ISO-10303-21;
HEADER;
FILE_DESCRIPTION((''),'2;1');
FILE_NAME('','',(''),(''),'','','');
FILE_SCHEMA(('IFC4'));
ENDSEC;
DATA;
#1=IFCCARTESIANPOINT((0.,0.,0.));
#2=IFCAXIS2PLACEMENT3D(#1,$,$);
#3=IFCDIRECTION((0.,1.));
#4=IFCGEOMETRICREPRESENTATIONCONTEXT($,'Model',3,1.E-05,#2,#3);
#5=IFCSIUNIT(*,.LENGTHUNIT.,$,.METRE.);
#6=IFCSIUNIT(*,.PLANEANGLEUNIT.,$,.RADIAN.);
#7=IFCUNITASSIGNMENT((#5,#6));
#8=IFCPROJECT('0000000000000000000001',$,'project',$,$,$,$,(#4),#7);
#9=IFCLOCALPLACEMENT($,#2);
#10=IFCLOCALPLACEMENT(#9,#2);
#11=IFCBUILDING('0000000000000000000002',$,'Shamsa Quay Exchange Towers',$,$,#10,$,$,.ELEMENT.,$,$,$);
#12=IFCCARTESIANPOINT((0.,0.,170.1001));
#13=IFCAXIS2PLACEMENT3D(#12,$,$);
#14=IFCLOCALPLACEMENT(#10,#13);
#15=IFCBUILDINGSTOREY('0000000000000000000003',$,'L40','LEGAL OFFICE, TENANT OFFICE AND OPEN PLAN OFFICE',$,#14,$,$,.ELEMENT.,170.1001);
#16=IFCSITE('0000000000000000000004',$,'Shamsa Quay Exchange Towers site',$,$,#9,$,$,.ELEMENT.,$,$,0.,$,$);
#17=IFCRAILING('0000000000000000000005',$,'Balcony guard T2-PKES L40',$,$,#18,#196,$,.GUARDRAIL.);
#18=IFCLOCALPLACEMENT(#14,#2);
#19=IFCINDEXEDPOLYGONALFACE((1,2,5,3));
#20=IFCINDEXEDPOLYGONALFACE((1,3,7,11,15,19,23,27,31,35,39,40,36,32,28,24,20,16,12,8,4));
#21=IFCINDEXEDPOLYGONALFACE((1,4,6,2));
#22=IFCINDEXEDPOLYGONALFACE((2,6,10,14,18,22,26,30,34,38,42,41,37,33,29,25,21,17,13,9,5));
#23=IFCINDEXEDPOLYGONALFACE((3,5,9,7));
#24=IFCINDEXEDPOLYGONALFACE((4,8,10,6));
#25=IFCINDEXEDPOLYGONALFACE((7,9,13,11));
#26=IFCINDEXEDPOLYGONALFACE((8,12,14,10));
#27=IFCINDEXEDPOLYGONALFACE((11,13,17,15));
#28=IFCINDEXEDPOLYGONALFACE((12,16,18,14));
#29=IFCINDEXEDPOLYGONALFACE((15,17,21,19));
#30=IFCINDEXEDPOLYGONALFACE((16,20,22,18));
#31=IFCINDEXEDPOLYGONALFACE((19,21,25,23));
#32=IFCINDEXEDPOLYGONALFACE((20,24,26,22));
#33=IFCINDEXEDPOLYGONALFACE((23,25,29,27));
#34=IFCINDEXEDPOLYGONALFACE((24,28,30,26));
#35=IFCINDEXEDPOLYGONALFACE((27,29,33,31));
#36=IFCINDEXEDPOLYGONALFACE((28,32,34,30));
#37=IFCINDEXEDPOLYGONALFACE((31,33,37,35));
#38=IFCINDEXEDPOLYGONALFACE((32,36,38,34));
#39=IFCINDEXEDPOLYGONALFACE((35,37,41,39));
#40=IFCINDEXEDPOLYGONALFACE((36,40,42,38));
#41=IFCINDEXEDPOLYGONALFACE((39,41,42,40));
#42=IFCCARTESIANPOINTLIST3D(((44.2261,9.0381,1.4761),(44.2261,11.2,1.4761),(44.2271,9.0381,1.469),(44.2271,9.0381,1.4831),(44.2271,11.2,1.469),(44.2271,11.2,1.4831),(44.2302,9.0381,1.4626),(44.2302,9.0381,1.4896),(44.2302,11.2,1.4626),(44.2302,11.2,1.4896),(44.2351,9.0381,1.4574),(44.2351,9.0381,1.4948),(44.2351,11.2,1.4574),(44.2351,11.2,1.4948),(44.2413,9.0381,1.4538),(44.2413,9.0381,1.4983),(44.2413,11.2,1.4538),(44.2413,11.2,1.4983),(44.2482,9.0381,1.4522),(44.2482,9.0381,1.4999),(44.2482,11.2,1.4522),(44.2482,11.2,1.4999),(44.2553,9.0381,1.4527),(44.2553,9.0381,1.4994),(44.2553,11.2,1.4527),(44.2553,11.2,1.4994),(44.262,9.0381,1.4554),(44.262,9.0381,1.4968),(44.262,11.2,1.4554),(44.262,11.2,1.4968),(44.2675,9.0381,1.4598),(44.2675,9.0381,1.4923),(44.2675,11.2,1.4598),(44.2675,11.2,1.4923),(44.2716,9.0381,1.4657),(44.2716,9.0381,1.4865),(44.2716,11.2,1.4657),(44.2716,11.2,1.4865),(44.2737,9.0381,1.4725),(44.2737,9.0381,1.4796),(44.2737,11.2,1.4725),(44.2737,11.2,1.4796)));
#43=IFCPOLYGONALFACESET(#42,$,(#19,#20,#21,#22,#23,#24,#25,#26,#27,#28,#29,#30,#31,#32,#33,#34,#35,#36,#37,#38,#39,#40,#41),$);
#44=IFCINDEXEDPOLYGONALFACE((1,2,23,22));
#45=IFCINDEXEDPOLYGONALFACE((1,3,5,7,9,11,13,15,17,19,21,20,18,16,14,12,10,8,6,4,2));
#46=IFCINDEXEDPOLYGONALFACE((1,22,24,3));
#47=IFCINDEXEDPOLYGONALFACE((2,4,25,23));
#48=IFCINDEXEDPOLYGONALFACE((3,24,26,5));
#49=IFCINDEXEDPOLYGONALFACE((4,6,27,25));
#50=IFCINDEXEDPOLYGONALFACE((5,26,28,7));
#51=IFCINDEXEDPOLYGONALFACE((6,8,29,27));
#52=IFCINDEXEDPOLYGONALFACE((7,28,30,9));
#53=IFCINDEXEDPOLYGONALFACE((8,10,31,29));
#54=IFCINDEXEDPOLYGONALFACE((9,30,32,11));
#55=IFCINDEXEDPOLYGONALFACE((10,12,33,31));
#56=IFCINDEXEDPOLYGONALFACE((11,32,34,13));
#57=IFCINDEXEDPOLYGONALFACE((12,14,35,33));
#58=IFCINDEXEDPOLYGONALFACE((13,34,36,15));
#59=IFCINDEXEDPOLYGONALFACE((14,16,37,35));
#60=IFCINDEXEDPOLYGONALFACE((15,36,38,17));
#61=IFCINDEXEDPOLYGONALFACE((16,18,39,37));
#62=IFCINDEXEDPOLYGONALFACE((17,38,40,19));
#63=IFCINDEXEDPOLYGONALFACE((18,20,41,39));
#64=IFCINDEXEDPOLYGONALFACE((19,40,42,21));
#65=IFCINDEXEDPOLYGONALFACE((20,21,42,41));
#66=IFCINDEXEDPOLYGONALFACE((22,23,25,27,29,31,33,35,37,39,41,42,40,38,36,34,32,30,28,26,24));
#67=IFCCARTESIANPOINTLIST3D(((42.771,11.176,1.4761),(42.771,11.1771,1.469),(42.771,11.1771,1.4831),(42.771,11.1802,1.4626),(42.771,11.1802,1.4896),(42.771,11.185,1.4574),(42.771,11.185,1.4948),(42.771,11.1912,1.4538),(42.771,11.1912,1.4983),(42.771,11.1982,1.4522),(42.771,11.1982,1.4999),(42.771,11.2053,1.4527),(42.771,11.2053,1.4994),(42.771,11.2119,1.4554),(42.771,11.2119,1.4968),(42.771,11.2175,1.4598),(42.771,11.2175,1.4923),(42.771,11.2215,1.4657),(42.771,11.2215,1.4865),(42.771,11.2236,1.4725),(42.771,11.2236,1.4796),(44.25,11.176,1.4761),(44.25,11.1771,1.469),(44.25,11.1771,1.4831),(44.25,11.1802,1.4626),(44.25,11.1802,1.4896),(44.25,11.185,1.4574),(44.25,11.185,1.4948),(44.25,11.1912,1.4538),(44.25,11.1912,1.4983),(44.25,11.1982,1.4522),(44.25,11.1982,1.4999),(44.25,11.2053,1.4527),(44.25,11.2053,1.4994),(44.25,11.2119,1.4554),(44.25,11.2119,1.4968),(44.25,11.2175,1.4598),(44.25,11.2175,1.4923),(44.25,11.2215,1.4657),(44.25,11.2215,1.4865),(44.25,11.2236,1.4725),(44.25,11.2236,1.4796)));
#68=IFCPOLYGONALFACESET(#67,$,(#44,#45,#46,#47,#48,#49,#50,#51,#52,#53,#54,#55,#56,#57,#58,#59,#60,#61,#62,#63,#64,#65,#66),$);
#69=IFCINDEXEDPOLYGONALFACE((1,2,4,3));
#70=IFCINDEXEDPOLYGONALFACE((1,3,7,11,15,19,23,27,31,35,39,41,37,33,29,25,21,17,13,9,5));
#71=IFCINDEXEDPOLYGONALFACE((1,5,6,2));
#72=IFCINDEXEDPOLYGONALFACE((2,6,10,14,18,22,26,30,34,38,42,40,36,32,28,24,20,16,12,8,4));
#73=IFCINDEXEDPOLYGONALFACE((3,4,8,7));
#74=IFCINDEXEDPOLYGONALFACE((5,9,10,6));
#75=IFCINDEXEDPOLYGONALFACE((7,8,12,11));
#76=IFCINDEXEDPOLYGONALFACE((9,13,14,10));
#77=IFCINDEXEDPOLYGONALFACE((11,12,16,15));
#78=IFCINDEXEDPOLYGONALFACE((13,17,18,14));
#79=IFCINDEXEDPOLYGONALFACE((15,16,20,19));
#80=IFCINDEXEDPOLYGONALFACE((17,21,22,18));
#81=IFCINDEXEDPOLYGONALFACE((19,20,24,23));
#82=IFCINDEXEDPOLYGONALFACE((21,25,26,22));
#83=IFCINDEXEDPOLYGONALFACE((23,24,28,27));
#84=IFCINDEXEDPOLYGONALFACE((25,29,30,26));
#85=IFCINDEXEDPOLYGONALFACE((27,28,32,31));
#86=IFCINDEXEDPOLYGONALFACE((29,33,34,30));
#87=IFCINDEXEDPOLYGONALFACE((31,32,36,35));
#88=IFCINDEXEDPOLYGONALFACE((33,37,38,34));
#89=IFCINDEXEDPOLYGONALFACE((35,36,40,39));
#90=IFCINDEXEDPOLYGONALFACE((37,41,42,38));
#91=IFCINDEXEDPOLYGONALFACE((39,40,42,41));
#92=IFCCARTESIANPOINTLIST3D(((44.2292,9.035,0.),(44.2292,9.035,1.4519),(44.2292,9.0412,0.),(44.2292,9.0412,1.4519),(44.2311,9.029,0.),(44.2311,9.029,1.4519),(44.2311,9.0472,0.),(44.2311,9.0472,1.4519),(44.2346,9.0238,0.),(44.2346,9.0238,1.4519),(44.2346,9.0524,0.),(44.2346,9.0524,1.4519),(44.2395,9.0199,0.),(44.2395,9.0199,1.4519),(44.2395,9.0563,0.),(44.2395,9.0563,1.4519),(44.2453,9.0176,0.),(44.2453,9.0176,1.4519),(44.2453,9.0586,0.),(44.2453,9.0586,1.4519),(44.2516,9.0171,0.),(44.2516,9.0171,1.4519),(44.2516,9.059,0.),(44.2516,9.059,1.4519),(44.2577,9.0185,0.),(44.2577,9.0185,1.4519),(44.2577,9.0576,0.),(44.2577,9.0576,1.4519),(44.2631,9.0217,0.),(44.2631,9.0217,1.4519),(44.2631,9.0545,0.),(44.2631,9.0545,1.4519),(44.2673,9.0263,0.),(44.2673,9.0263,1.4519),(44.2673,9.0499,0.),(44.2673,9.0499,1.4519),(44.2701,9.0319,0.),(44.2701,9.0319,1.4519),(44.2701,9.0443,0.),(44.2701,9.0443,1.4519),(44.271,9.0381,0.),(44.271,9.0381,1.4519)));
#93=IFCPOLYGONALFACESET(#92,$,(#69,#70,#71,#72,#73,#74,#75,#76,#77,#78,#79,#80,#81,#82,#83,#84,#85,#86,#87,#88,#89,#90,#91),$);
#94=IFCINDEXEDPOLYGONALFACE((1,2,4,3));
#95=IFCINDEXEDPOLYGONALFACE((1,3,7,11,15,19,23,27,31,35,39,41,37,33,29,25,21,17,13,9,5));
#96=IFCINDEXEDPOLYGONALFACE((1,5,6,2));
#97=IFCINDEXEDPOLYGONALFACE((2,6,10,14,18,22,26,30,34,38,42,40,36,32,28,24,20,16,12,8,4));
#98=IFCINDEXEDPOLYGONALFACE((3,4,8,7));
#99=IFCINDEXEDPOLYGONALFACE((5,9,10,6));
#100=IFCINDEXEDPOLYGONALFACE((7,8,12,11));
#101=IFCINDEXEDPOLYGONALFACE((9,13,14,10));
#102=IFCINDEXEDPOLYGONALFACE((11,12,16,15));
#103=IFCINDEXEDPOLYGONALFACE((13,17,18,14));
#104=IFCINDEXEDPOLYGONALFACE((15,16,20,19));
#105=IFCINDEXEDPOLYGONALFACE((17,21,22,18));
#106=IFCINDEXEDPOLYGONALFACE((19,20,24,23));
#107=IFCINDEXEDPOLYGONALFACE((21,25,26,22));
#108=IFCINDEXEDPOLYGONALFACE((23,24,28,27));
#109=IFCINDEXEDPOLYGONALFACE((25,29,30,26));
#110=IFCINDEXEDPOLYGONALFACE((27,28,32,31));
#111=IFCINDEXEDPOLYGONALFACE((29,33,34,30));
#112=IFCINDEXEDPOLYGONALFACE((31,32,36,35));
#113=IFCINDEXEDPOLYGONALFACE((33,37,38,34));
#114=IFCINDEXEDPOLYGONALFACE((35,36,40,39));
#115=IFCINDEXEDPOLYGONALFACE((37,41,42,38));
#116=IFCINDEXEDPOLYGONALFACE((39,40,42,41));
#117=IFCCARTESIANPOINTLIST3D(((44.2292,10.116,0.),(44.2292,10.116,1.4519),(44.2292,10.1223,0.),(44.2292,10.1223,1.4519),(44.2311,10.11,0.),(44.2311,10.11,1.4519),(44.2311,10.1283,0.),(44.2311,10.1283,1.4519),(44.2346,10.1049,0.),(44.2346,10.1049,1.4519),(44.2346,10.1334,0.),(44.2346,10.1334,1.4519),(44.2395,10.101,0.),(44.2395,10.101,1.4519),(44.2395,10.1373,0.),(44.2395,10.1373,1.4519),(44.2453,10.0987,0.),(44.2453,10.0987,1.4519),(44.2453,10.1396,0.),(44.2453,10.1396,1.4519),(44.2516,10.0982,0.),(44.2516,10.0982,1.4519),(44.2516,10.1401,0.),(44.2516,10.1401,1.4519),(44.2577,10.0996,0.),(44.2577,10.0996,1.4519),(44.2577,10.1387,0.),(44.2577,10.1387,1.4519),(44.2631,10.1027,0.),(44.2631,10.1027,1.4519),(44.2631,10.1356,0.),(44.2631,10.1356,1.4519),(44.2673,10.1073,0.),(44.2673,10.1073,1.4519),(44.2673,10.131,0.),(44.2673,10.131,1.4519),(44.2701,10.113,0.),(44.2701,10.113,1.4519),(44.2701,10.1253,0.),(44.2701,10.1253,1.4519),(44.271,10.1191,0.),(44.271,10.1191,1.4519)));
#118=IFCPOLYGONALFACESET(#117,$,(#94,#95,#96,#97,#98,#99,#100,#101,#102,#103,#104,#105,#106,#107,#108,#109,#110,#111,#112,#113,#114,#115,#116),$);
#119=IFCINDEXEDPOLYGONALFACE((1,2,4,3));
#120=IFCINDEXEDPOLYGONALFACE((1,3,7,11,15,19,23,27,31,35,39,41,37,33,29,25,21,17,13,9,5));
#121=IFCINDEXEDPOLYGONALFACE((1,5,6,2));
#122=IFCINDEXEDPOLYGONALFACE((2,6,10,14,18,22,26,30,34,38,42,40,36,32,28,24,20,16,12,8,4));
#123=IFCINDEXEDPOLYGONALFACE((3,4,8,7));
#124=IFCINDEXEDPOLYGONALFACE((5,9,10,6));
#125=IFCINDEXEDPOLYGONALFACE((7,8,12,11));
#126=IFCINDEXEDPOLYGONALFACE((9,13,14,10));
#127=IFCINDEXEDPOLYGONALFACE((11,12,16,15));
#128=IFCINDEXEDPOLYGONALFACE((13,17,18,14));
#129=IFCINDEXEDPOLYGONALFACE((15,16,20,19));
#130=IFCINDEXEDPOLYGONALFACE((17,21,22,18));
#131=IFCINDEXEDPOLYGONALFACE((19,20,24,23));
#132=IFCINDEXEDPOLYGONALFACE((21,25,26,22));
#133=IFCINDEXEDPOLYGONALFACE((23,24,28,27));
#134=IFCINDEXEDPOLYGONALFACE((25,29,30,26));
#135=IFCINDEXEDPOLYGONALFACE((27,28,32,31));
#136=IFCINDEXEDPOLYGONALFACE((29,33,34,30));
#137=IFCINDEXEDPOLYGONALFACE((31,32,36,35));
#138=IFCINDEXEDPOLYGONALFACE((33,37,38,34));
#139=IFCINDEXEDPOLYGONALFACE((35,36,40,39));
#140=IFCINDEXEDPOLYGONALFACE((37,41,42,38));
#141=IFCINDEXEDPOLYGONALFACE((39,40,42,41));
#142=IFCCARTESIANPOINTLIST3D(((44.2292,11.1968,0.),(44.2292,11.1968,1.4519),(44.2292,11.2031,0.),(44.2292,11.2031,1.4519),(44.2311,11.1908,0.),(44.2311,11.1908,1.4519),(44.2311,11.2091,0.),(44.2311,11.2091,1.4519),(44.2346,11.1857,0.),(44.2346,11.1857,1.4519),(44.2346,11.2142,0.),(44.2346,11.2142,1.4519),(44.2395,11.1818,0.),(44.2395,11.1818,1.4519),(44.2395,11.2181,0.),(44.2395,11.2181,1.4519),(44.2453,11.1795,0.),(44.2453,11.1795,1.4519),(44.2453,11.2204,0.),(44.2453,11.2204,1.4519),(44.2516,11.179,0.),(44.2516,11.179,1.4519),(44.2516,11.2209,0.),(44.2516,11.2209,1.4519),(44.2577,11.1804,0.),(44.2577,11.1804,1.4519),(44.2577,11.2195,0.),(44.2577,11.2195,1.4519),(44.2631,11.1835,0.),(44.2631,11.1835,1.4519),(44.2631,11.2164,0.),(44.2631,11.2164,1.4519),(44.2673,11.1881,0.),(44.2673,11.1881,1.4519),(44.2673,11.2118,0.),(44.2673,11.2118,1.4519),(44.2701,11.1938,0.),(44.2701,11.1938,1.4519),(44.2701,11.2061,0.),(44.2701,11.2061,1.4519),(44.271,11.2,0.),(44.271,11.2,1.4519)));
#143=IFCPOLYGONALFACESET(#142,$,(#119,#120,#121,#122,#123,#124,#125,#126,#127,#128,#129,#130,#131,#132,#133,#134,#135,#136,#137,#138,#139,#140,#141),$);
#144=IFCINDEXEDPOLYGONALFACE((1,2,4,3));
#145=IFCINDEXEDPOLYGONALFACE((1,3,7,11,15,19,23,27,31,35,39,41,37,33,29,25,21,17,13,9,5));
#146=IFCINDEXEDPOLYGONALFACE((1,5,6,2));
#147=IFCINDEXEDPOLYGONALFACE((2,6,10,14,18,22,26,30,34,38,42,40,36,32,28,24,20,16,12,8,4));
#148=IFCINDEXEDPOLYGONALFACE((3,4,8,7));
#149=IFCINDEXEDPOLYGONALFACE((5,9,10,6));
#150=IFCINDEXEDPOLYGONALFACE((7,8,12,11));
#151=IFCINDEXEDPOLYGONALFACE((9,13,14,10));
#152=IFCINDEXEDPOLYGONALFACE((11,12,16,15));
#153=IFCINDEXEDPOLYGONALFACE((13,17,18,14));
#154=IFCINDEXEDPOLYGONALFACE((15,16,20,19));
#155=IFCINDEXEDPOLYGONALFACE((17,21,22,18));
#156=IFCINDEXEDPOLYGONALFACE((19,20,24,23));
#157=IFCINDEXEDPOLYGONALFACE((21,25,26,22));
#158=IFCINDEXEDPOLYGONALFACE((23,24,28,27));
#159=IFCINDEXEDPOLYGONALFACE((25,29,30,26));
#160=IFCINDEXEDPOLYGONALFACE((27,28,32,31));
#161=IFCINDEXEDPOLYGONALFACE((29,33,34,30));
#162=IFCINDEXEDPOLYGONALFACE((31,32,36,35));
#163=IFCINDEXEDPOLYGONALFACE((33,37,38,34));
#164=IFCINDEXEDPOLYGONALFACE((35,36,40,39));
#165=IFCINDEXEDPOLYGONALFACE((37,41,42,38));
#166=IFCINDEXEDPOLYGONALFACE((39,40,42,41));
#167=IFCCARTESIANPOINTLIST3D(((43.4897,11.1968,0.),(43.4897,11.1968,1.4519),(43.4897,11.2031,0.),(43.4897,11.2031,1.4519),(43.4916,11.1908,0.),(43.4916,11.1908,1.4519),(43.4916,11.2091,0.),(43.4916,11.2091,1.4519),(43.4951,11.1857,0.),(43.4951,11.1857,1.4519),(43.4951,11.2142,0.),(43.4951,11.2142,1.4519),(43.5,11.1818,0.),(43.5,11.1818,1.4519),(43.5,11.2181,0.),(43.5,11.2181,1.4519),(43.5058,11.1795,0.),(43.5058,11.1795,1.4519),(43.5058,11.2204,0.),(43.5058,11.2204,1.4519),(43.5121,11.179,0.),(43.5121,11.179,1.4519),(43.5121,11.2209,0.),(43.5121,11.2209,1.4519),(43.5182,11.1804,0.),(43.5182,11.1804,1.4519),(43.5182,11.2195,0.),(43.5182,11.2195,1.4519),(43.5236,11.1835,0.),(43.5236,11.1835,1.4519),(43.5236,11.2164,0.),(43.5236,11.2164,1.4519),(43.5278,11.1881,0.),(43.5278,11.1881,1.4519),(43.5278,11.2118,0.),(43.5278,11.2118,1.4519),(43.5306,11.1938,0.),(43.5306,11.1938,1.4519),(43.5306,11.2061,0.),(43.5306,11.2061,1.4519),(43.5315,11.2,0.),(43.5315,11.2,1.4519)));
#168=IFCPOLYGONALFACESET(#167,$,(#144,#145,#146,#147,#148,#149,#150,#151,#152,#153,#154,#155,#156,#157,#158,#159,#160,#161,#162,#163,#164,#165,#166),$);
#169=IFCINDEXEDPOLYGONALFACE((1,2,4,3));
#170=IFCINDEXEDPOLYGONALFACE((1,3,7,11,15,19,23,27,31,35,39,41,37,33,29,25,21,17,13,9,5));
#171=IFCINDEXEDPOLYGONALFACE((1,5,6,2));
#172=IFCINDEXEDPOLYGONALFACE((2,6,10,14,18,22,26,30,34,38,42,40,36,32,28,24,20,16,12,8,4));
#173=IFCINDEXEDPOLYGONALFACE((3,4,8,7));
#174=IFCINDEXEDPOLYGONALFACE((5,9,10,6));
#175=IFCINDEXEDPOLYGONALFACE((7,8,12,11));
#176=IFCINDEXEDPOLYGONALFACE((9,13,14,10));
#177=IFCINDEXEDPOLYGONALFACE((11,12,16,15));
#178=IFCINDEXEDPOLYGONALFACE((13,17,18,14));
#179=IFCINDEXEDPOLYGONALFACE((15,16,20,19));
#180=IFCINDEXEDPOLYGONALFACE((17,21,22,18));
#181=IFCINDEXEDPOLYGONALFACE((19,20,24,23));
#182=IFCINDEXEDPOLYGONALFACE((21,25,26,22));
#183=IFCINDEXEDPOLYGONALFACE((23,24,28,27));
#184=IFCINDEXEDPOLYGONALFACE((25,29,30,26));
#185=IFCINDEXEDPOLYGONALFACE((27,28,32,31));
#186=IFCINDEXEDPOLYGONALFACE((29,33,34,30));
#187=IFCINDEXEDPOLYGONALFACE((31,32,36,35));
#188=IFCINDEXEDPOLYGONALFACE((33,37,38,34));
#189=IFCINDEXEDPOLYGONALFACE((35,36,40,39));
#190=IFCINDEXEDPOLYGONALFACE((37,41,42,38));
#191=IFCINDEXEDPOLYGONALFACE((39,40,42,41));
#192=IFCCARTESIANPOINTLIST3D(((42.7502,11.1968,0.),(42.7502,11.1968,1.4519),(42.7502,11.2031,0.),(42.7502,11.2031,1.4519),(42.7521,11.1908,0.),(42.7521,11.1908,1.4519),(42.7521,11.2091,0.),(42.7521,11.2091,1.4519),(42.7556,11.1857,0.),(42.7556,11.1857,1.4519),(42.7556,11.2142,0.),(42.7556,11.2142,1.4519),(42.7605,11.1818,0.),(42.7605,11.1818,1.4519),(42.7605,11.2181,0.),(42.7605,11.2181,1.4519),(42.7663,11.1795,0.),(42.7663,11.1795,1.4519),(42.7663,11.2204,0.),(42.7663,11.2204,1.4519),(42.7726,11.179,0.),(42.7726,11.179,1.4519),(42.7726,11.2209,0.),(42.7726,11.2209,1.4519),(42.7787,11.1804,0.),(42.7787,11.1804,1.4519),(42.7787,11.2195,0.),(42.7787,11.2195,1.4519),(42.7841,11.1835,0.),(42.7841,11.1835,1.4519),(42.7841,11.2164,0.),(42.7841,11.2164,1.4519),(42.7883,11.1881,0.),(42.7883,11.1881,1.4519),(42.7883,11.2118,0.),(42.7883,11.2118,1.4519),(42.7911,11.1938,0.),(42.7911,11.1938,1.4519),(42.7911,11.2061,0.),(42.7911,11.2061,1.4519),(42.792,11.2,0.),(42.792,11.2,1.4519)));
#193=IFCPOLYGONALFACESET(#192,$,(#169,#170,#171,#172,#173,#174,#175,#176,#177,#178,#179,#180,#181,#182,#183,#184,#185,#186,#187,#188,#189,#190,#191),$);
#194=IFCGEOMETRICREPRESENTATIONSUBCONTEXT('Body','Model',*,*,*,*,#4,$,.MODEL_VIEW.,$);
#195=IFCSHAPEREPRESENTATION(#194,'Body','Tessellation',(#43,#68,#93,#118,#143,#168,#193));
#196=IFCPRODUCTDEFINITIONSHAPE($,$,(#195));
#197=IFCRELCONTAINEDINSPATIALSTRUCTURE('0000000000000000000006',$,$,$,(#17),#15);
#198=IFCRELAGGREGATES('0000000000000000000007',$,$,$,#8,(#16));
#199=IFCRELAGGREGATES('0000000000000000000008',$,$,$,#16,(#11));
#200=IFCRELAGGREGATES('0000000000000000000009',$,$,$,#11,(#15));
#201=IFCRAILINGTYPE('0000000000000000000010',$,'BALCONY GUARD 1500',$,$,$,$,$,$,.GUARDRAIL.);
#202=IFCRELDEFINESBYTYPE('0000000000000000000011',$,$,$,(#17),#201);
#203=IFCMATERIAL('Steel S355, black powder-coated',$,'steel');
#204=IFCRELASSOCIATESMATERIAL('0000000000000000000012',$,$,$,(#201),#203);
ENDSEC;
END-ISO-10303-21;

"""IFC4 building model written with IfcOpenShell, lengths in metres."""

from ifc_helpers import new_model, si_unit, direction, frame, origin, origin_2d, place, context, subcontext, project, spatial, circle, extrude, material, type_object, element, save


model = new_model("IFC4")

# Units and contexts
model_context = context("Model", 3, precision=1e-05, world=origin(), true_north=direction((0.0, 1.0)))
body_context = subcontext(model_context, "Body", "Model", "MODEL_VIEW")
ifc_project = project(units=[si_unit("LENGTHUNIT", "METRE"), si_unit("PLANEANGLEUNIT", "RADIAN")], contexts=[model_context])

# Site, building, storey
site_placement = place(None, origin())
site = spatial("IfcSite", under=ifc_project, at=site_placement, Name="Shamsa Quay Exchange Towers site", CompositionType="ELEMENT", RefElevation=0.0)
building_placement = place(site_placement, origin())
building = spatial("IfcBuilding", under=site, at=building_placement, Name="Shamsa Quay Exchange Towers", CompositionType="ELEMENT")
storey_placement = place(building_placement, frame((0.0, 0.0, 170.1001)))
storey = spatial("IfcBuildingStorey", under=building, at=storey_placement, Name="L40", Description="LEGAL OFFICE, TENANT OFFICE AND OPEN PLAN OFFICE", CompositionType="ELEMENT", Elevation=170.1001)

# Railing
ifc_material_1 = material(Name="Steel S355, black powder-coated", Category="steel")
railing_type_1 = type_object("IfcRailingType", Name="BALCONY GUARD 1500", PredefinedType="GUARDRAIL", material=ifc_material_1)
for number, where, name in (
    (1, (44.25, 9.0381, 0.0), "Balcony guard T2-PKES L40"),
):
    element("IfcRailing", number, at=place(storey_placement, frame(where)), inside=storey, type_object=railing_type_1, Name=name, PredefinedType="GUARDRAIL", context=body_context, shape_type="SweptSolid", body=[
        extrude(circle(Radius=0.0239, at=origin_2d()), frame((0.0, 0.0, 1.4761), z_axis=(0.0, 1.0, 0.0), x_axis=(-1.0, 0.0, 0.0)), (0.0, 0.0, 1.0), 2.1619),
        extrude(circle(Radius=0.0239, at=origin_2d()), frame((0.0, 2.1619, 1.4761), z_axis=(-1.0, 0.0, 0.0), x_axis=(0.0, -1.0, 0.0)), (0.0, 0.0, 1.0), 1.479),
        extrude(circle(Radius=0.021, at=origin_2d()), origin(), (0.0, 0.0, 1.0), 1.4519),
        extrude(circle(Radius=0.021, at=origin_2d()), frame((0.0, 1.0811, 0.0)), (0.0, 0.0, 1.0), 1.4519),
        extrude(circle(Radius=0.021, at=origin_2d()), frame((0.0, 2.1619, 0.0)), (0.0, 0.0, 1.0), 1.4519),
        extrude(circle(Radius=0.021, at=origin_2d()), frame((-0.7395, 2.1619, 0.0)), (0.0, 0.0, 1.0), 1.4519),
        extrude(circle(Radius=0.021, at=origin_2d()), frame((-1.479, 2.1619, 0.0)), (0.0, 0.0, 1.0), 1.4519),
    ])

save(model, "model.ifc")
